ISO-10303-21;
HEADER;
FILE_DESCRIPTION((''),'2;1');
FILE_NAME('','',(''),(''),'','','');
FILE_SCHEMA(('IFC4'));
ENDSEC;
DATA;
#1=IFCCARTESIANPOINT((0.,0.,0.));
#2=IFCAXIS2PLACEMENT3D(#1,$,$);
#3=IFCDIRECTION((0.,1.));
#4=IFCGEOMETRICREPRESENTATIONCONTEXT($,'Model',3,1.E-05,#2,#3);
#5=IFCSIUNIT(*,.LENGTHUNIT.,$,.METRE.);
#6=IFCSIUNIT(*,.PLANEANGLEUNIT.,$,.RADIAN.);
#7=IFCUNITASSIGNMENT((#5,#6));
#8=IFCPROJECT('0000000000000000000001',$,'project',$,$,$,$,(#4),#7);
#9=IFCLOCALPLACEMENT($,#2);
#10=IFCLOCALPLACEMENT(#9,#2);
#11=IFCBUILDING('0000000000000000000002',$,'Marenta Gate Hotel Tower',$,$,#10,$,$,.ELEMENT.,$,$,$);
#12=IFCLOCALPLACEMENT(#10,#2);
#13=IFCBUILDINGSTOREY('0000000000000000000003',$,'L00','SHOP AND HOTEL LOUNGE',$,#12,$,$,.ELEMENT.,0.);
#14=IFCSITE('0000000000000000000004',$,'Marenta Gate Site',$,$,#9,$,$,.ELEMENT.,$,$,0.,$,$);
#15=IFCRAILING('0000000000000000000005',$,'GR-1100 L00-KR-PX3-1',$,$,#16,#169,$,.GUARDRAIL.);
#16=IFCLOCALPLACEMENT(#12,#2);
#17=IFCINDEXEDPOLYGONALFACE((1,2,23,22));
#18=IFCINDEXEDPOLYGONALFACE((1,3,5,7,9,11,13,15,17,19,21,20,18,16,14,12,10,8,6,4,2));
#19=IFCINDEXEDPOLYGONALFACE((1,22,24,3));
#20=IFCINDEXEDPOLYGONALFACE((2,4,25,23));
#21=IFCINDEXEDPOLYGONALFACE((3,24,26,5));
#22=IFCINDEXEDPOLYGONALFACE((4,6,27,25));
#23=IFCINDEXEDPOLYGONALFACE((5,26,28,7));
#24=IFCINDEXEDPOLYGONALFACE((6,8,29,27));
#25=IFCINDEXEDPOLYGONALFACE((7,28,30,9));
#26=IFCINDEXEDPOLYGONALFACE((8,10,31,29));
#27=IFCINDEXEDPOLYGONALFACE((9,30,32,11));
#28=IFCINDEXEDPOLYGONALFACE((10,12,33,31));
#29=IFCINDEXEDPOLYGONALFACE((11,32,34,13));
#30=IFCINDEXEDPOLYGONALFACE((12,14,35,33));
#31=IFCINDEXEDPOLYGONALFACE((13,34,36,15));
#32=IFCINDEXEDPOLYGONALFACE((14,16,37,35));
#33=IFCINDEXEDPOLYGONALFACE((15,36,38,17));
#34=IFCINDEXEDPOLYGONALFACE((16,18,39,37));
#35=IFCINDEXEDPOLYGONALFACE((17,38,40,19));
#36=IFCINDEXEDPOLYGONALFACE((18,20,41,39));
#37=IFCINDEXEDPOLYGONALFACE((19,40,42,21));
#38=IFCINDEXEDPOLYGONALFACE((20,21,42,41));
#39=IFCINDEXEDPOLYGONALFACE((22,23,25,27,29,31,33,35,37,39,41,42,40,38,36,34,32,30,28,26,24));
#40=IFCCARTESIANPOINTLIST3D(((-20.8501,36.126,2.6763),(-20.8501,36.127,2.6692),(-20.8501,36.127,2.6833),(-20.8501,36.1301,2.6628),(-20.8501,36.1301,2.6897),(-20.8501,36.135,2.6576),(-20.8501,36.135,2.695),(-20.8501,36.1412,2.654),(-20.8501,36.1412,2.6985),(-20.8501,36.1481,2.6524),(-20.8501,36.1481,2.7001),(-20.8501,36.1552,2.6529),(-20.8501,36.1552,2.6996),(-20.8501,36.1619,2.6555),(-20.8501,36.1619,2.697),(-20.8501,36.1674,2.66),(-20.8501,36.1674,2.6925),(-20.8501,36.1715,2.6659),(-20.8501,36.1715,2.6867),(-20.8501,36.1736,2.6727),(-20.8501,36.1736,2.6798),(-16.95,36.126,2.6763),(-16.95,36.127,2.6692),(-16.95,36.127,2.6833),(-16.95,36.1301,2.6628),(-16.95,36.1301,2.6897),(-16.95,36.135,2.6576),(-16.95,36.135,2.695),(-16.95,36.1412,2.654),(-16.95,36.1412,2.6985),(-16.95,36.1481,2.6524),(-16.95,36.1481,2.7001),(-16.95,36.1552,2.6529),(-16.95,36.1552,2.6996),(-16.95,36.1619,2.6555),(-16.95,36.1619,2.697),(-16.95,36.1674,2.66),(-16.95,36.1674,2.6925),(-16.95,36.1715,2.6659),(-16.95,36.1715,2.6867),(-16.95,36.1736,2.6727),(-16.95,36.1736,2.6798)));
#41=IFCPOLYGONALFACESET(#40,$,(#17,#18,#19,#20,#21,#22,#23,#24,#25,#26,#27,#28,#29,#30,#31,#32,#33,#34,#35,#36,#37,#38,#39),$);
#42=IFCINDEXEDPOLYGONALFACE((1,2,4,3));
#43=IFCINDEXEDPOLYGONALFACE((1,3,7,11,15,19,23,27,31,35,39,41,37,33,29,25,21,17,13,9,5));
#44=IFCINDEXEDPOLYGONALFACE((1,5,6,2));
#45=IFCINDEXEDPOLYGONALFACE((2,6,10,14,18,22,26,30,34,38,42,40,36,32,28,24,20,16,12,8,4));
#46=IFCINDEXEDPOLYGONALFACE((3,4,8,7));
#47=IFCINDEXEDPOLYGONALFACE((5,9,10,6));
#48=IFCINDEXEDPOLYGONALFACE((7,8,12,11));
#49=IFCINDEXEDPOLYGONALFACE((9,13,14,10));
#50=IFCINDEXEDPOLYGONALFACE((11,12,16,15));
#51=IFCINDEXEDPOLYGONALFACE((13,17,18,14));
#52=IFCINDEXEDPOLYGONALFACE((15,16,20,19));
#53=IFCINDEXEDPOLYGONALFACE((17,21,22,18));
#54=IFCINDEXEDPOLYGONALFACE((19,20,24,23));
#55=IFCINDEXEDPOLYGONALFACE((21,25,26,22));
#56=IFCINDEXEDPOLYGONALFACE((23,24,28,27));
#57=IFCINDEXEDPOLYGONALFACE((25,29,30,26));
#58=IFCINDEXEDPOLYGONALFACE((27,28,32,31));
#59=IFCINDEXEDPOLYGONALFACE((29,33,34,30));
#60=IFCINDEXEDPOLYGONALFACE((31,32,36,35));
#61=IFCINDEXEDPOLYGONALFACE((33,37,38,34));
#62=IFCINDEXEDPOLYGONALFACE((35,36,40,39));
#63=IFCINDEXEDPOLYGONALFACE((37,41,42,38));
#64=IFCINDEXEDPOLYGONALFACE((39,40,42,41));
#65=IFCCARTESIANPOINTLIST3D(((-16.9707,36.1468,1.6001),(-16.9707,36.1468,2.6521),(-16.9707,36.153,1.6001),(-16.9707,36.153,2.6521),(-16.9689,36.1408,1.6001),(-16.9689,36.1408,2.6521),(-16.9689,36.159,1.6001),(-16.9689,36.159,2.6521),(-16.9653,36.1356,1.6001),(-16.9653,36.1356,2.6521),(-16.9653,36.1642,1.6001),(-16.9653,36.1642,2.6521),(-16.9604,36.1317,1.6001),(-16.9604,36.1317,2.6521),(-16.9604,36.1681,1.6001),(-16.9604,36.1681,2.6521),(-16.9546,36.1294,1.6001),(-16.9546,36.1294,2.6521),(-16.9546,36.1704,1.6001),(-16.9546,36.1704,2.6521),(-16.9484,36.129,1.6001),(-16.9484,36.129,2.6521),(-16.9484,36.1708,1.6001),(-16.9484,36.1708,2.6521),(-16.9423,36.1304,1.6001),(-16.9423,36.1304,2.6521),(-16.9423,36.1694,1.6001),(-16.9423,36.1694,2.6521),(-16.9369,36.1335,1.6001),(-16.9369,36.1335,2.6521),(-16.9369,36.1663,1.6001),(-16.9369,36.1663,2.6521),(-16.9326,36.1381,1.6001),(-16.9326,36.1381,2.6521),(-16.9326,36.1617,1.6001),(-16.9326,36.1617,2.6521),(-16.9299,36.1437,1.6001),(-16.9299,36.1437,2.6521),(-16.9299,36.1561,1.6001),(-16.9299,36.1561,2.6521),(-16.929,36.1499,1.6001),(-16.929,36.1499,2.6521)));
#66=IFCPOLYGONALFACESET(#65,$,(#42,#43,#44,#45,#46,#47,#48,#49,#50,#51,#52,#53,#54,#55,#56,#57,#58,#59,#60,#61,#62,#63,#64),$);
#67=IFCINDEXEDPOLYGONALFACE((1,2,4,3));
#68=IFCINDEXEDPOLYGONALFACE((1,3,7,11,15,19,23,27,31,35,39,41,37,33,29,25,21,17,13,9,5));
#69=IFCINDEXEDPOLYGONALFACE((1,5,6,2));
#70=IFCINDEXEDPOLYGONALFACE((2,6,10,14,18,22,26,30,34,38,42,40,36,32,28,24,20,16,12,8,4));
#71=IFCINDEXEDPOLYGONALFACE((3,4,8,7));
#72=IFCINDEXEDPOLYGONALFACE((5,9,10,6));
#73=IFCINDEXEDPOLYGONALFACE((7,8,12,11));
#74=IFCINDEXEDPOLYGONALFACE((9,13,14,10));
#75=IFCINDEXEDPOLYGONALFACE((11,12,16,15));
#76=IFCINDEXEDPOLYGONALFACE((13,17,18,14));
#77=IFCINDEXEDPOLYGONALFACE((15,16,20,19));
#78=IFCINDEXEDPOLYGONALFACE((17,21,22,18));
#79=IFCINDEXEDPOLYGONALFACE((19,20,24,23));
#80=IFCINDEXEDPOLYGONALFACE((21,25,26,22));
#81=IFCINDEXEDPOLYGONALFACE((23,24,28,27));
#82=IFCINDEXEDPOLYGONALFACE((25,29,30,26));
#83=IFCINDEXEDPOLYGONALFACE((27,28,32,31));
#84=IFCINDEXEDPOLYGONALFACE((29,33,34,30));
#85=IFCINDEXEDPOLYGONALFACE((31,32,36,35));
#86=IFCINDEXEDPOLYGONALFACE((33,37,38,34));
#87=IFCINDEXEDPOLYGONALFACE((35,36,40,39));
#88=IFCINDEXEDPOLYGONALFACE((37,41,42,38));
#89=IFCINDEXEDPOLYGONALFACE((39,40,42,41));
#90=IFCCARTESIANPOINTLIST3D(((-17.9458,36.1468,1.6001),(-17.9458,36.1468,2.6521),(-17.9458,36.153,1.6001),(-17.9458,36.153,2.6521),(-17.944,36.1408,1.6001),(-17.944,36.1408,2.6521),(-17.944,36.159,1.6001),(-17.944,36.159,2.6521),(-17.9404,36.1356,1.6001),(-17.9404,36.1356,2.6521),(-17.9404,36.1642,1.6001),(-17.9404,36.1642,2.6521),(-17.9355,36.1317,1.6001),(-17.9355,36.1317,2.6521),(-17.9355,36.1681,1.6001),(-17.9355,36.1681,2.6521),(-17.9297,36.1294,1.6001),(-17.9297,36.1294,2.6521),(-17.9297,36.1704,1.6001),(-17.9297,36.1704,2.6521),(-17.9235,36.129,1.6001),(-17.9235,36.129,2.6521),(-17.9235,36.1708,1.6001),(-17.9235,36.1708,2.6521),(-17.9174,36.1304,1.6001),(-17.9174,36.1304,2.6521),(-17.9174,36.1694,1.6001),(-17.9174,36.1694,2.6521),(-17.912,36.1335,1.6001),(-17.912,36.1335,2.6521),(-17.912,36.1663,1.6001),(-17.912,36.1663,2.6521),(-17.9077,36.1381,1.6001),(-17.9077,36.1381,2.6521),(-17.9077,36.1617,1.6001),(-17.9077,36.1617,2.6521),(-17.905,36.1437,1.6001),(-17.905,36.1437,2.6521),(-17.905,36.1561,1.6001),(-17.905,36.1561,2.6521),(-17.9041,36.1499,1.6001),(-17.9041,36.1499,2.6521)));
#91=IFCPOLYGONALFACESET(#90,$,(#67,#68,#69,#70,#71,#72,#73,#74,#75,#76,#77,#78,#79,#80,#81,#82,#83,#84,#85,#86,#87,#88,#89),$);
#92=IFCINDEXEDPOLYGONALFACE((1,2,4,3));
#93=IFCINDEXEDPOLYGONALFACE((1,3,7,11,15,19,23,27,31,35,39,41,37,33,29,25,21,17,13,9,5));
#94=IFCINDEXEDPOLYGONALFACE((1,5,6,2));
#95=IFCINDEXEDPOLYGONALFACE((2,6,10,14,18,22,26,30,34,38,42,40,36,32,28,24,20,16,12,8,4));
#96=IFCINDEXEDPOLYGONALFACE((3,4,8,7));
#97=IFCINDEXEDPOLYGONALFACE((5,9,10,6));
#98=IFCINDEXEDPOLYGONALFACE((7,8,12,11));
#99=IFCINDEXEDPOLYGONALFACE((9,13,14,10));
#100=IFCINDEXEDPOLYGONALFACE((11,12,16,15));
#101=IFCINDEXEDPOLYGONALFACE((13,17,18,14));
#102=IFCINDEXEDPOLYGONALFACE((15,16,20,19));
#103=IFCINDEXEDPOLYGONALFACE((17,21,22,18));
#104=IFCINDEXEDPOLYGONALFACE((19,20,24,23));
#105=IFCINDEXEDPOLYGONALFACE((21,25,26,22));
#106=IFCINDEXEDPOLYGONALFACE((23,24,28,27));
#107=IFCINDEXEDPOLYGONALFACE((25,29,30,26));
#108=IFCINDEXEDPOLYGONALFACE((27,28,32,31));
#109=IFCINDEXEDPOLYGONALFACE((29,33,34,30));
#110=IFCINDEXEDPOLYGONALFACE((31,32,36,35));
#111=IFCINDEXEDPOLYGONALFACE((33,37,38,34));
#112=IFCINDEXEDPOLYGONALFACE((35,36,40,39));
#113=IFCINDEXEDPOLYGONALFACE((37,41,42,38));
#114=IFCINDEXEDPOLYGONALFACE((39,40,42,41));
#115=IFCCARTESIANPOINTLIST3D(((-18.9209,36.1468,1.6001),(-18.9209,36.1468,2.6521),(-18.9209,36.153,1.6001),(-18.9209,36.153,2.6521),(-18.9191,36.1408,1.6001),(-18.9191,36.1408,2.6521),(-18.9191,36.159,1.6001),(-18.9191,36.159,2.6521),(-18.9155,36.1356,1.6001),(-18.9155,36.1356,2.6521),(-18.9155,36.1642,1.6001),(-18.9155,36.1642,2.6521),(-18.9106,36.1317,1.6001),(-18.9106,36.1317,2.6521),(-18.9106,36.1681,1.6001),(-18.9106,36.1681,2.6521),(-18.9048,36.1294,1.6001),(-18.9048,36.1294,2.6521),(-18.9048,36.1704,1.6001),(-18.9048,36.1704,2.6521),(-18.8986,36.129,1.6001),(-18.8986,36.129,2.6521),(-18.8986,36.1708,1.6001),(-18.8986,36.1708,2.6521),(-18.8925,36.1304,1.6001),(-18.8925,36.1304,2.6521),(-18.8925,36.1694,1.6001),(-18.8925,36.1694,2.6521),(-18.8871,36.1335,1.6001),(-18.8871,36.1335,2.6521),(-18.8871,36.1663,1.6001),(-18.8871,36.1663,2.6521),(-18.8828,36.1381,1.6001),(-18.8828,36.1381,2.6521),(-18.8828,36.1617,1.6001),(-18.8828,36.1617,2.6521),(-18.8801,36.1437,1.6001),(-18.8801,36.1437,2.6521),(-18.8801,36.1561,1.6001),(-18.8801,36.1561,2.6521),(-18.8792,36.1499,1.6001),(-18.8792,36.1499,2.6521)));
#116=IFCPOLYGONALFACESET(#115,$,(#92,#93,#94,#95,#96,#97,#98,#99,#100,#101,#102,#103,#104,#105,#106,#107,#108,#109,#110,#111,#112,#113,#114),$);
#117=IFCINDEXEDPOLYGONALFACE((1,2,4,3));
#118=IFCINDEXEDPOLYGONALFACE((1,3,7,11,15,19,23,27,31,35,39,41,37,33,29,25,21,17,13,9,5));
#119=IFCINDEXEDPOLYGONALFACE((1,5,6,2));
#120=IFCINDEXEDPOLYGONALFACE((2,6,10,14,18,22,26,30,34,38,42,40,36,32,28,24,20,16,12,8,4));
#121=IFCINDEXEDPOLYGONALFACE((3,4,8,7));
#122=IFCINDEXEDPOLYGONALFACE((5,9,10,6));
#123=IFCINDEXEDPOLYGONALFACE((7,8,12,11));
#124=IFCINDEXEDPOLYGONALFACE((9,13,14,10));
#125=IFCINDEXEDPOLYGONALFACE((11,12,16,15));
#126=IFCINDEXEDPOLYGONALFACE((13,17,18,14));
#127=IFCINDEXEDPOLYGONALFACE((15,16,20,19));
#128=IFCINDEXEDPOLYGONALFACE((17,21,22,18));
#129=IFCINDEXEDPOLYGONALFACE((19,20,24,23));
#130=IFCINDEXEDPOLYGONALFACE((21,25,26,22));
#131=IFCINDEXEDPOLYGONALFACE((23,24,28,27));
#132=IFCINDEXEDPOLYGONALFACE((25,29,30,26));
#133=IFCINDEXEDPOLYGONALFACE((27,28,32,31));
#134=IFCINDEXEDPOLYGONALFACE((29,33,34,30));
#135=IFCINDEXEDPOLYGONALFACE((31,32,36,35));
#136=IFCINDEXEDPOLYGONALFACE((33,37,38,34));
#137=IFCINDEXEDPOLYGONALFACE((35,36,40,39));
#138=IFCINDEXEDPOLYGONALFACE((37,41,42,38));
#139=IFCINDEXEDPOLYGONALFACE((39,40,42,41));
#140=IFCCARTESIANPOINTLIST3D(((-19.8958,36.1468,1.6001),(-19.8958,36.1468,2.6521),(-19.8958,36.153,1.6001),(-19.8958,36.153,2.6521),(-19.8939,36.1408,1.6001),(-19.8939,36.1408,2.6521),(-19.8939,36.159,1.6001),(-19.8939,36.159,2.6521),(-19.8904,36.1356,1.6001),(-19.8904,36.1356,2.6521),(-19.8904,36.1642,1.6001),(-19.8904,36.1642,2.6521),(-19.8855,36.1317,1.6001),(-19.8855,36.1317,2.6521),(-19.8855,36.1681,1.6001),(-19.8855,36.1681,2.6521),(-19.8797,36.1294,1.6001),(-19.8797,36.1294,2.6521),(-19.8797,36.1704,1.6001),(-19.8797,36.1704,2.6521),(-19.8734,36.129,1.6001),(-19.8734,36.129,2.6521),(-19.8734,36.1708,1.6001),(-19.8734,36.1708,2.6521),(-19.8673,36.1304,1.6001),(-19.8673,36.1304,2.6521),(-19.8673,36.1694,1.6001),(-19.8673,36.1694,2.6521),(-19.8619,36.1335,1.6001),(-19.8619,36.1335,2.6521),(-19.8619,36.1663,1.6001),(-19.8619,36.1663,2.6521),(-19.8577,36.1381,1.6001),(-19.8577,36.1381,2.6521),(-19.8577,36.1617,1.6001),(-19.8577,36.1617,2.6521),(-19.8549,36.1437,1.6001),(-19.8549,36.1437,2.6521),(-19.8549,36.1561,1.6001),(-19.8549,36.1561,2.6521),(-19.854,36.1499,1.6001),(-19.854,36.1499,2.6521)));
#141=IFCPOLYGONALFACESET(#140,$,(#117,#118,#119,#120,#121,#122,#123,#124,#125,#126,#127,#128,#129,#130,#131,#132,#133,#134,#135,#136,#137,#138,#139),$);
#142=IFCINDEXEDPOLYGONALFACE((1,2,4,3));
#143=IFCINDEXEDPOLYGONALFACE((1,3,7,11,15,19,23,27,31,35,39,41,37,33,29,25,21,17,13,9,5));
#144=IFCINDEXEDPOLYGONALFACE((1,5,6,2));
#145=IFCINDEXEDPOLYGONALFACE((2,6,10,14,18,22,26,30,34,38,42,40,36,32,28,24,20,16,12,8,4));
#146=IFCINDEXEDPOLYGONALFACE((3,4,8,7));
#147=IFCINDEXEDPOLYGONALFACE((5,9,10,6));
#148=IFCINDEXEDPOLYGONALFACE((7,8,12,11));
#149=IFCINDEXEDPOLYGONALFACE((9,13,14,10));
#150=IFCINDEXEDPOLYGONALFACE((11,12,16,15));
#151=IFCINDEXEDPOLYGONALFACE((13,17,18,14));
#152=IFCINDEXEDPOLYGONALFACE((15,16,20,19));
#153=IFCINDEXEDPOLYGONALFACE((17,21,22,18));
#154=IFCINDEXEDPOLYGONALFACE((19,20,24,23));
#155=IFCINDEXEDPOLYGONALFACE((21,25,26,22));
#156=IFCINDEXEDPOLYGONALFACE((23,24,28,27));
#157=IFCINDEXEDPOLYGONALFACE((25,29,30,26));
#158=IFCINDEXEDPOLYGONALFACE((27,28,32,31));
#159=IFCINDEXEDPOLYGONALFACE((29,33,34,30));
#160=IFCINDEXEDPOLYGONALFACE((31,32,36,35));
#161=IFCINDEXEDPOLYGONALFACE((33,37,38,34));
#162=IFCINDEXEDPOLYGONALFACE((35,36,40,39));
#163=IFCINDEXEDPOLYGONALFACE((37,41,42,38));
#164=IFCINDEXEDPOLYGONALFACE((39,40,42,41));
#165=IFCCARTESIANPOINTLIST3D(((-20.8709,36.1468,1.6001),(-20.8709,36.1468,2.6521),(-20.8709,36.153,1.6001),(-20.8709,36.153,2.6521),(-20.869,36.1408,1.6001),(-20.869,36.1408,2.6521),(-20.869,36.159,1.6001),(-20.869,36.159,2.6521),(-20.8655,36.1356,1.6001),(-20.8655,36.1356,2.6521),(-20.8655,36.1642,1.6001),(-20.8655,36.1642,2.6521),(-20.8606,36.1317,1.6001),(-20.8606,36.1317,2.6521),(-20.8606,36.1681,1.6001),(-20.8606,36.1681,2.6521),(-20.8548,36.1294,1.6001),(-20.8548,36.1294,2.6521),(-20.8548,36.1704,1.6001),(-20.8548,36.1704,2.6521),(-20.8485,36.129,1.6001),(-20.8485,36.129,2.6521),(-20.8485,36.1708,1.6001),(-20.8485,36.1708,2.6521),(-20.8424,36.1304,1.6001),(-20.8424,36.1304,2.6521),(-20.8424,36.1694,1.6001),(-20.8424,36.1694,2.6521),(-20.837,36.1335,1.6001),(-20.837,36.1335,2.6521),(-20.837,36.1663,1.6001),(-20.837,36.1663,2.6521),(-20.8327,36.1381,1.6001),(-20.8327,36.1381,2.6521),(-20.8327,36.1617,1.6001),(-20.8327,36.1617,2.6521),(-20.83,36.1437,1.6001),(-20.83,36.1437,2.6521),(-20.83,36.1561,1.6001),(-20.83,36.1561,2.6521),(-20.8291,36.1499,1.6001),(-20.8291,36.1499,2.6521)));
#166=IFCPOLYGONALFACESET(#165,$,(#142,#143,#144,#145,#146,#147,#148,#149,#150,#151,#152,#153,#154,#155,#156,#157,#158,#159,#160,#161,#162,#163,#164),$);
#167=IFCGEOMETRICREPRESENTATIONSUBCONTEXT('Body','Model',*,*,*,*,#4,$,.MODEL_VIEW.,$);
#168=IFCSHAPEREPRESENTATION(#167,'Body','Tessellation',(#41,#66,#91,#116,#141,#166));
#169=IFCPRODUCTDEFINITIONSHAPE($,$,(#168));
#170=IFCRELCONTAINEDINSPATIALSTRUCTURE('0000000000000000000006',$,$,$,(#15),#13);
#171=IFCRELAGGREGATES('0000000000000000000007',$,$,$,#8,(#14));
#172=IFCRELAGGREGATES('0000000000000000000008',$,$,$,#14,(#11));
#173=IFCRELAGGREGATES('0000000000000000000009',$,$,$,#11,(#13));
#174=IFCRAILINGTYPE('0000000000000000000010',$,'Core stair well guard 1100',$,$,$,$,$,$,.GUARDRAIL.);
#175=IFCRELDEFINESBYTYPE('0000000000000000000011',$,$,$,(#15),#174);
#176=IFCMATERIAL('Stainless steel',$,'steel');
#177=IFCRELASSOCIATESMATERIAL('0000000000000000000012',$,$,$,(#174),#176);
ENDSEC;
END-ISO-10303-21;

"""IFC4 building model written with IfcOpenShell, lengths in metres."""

from ifc_helpers import new_model, si_unit, direction, frame, origin, origin_2d, place, context, subcontext, project, spatial, circle, extrude, material, type_object, element, save


model = new_model("IFC4")

# Units and contexts
model_context = context("Model", 3, precision=1e-05, world=origin(), true_north=direction((0.0, 1.0)))
body_context = subcontext(model_context, "Body", "Model", "MODEL_VIEW")
ifc_project = project(units=[si_unit("LENGTHUNIT", "METRE"), si_unit("PLANEANGLEUNIT", "RADIAN")], contexts=[model_context])

# Site, building, storey
site_placement = place(None, origin())
site = spatial("IfcSite", under=ifc_project, at=site_placement, Name="Marenta Gate Site", CompositionType="ELEMENT", RefElevation=0.0)
building_placement = place(site_placement, origin())
building = spatial("IfcBuilding", under=site, at=building_placement, Name="Marenta Gate Hotel Tower", CompositionType="ELEMENT")
storey_placement = place(building_placement, origin())
storey = spatial("IfcBuildingStorey", under=building, at=storey_placement, Name="L00", Description="SHOP AND HOTEL LOUNGE", CompositionType="ELEMENT", Elevation=0.0)

# Railing
ifc_material_1 = material(Name="Stainless steel", Category="steel")
railing_type_1 = type_object("IfcRailingType", Name="Core stair well guard 1100", PredefinedType="GUARDRAIL", material=ifc_material_1)
for number, where, name in (
    (1, (-16.95, 36.1499, 1.6001), "GR-1100 L00-KR-PX3-1"),
):
    element("IfcRailing", number, at=place(storey_placement, frame(where)), inside=storey, type_object=railing_type_1, Name=name, PredefinedType="GUARDRAIL", context=body_context, shape_type="SweptSolid", body=[
        extrude(circle(Radius=0.0239, at=origin_2d()), frame((0.0, 0.0, 1.0762), z_axis=(-1.0, 0.0, 0.0), x_axis=(0.0, -1.0, 0.0)), (0.0, 0.0, 1.0), 3.9001),
        extrude(circle(Radius=0.021, at=origin_2d()), origin(), (0.0, 0.0, 1.0), 1.052),
        extrude(circle(Radius=0.021, at=origin_2d()), frame((-0.9751, 0.0, 0.0)), (0.0, 0.0, 1.0), 1.052),
        extrude(circle(Radius=0.021, at=origin_2d()), frame((-1.9502, 0.0, 0.0)), (0.0, 0.0, 1.0), 1.052),
        extrude(circle(Radius=0.021, at=origin_2d()), frame((-2.925, 0.0, 0.0)), (0.0, 0.0, 1.0), 1.052),
        extrude(circle(Radius=0.021, at=origin_2d()), frame((-3.9001, 0.0, 0.0)), (0.0, 0.0, 1.0), 1.052),
    ])

save(model, "model.ifc")
